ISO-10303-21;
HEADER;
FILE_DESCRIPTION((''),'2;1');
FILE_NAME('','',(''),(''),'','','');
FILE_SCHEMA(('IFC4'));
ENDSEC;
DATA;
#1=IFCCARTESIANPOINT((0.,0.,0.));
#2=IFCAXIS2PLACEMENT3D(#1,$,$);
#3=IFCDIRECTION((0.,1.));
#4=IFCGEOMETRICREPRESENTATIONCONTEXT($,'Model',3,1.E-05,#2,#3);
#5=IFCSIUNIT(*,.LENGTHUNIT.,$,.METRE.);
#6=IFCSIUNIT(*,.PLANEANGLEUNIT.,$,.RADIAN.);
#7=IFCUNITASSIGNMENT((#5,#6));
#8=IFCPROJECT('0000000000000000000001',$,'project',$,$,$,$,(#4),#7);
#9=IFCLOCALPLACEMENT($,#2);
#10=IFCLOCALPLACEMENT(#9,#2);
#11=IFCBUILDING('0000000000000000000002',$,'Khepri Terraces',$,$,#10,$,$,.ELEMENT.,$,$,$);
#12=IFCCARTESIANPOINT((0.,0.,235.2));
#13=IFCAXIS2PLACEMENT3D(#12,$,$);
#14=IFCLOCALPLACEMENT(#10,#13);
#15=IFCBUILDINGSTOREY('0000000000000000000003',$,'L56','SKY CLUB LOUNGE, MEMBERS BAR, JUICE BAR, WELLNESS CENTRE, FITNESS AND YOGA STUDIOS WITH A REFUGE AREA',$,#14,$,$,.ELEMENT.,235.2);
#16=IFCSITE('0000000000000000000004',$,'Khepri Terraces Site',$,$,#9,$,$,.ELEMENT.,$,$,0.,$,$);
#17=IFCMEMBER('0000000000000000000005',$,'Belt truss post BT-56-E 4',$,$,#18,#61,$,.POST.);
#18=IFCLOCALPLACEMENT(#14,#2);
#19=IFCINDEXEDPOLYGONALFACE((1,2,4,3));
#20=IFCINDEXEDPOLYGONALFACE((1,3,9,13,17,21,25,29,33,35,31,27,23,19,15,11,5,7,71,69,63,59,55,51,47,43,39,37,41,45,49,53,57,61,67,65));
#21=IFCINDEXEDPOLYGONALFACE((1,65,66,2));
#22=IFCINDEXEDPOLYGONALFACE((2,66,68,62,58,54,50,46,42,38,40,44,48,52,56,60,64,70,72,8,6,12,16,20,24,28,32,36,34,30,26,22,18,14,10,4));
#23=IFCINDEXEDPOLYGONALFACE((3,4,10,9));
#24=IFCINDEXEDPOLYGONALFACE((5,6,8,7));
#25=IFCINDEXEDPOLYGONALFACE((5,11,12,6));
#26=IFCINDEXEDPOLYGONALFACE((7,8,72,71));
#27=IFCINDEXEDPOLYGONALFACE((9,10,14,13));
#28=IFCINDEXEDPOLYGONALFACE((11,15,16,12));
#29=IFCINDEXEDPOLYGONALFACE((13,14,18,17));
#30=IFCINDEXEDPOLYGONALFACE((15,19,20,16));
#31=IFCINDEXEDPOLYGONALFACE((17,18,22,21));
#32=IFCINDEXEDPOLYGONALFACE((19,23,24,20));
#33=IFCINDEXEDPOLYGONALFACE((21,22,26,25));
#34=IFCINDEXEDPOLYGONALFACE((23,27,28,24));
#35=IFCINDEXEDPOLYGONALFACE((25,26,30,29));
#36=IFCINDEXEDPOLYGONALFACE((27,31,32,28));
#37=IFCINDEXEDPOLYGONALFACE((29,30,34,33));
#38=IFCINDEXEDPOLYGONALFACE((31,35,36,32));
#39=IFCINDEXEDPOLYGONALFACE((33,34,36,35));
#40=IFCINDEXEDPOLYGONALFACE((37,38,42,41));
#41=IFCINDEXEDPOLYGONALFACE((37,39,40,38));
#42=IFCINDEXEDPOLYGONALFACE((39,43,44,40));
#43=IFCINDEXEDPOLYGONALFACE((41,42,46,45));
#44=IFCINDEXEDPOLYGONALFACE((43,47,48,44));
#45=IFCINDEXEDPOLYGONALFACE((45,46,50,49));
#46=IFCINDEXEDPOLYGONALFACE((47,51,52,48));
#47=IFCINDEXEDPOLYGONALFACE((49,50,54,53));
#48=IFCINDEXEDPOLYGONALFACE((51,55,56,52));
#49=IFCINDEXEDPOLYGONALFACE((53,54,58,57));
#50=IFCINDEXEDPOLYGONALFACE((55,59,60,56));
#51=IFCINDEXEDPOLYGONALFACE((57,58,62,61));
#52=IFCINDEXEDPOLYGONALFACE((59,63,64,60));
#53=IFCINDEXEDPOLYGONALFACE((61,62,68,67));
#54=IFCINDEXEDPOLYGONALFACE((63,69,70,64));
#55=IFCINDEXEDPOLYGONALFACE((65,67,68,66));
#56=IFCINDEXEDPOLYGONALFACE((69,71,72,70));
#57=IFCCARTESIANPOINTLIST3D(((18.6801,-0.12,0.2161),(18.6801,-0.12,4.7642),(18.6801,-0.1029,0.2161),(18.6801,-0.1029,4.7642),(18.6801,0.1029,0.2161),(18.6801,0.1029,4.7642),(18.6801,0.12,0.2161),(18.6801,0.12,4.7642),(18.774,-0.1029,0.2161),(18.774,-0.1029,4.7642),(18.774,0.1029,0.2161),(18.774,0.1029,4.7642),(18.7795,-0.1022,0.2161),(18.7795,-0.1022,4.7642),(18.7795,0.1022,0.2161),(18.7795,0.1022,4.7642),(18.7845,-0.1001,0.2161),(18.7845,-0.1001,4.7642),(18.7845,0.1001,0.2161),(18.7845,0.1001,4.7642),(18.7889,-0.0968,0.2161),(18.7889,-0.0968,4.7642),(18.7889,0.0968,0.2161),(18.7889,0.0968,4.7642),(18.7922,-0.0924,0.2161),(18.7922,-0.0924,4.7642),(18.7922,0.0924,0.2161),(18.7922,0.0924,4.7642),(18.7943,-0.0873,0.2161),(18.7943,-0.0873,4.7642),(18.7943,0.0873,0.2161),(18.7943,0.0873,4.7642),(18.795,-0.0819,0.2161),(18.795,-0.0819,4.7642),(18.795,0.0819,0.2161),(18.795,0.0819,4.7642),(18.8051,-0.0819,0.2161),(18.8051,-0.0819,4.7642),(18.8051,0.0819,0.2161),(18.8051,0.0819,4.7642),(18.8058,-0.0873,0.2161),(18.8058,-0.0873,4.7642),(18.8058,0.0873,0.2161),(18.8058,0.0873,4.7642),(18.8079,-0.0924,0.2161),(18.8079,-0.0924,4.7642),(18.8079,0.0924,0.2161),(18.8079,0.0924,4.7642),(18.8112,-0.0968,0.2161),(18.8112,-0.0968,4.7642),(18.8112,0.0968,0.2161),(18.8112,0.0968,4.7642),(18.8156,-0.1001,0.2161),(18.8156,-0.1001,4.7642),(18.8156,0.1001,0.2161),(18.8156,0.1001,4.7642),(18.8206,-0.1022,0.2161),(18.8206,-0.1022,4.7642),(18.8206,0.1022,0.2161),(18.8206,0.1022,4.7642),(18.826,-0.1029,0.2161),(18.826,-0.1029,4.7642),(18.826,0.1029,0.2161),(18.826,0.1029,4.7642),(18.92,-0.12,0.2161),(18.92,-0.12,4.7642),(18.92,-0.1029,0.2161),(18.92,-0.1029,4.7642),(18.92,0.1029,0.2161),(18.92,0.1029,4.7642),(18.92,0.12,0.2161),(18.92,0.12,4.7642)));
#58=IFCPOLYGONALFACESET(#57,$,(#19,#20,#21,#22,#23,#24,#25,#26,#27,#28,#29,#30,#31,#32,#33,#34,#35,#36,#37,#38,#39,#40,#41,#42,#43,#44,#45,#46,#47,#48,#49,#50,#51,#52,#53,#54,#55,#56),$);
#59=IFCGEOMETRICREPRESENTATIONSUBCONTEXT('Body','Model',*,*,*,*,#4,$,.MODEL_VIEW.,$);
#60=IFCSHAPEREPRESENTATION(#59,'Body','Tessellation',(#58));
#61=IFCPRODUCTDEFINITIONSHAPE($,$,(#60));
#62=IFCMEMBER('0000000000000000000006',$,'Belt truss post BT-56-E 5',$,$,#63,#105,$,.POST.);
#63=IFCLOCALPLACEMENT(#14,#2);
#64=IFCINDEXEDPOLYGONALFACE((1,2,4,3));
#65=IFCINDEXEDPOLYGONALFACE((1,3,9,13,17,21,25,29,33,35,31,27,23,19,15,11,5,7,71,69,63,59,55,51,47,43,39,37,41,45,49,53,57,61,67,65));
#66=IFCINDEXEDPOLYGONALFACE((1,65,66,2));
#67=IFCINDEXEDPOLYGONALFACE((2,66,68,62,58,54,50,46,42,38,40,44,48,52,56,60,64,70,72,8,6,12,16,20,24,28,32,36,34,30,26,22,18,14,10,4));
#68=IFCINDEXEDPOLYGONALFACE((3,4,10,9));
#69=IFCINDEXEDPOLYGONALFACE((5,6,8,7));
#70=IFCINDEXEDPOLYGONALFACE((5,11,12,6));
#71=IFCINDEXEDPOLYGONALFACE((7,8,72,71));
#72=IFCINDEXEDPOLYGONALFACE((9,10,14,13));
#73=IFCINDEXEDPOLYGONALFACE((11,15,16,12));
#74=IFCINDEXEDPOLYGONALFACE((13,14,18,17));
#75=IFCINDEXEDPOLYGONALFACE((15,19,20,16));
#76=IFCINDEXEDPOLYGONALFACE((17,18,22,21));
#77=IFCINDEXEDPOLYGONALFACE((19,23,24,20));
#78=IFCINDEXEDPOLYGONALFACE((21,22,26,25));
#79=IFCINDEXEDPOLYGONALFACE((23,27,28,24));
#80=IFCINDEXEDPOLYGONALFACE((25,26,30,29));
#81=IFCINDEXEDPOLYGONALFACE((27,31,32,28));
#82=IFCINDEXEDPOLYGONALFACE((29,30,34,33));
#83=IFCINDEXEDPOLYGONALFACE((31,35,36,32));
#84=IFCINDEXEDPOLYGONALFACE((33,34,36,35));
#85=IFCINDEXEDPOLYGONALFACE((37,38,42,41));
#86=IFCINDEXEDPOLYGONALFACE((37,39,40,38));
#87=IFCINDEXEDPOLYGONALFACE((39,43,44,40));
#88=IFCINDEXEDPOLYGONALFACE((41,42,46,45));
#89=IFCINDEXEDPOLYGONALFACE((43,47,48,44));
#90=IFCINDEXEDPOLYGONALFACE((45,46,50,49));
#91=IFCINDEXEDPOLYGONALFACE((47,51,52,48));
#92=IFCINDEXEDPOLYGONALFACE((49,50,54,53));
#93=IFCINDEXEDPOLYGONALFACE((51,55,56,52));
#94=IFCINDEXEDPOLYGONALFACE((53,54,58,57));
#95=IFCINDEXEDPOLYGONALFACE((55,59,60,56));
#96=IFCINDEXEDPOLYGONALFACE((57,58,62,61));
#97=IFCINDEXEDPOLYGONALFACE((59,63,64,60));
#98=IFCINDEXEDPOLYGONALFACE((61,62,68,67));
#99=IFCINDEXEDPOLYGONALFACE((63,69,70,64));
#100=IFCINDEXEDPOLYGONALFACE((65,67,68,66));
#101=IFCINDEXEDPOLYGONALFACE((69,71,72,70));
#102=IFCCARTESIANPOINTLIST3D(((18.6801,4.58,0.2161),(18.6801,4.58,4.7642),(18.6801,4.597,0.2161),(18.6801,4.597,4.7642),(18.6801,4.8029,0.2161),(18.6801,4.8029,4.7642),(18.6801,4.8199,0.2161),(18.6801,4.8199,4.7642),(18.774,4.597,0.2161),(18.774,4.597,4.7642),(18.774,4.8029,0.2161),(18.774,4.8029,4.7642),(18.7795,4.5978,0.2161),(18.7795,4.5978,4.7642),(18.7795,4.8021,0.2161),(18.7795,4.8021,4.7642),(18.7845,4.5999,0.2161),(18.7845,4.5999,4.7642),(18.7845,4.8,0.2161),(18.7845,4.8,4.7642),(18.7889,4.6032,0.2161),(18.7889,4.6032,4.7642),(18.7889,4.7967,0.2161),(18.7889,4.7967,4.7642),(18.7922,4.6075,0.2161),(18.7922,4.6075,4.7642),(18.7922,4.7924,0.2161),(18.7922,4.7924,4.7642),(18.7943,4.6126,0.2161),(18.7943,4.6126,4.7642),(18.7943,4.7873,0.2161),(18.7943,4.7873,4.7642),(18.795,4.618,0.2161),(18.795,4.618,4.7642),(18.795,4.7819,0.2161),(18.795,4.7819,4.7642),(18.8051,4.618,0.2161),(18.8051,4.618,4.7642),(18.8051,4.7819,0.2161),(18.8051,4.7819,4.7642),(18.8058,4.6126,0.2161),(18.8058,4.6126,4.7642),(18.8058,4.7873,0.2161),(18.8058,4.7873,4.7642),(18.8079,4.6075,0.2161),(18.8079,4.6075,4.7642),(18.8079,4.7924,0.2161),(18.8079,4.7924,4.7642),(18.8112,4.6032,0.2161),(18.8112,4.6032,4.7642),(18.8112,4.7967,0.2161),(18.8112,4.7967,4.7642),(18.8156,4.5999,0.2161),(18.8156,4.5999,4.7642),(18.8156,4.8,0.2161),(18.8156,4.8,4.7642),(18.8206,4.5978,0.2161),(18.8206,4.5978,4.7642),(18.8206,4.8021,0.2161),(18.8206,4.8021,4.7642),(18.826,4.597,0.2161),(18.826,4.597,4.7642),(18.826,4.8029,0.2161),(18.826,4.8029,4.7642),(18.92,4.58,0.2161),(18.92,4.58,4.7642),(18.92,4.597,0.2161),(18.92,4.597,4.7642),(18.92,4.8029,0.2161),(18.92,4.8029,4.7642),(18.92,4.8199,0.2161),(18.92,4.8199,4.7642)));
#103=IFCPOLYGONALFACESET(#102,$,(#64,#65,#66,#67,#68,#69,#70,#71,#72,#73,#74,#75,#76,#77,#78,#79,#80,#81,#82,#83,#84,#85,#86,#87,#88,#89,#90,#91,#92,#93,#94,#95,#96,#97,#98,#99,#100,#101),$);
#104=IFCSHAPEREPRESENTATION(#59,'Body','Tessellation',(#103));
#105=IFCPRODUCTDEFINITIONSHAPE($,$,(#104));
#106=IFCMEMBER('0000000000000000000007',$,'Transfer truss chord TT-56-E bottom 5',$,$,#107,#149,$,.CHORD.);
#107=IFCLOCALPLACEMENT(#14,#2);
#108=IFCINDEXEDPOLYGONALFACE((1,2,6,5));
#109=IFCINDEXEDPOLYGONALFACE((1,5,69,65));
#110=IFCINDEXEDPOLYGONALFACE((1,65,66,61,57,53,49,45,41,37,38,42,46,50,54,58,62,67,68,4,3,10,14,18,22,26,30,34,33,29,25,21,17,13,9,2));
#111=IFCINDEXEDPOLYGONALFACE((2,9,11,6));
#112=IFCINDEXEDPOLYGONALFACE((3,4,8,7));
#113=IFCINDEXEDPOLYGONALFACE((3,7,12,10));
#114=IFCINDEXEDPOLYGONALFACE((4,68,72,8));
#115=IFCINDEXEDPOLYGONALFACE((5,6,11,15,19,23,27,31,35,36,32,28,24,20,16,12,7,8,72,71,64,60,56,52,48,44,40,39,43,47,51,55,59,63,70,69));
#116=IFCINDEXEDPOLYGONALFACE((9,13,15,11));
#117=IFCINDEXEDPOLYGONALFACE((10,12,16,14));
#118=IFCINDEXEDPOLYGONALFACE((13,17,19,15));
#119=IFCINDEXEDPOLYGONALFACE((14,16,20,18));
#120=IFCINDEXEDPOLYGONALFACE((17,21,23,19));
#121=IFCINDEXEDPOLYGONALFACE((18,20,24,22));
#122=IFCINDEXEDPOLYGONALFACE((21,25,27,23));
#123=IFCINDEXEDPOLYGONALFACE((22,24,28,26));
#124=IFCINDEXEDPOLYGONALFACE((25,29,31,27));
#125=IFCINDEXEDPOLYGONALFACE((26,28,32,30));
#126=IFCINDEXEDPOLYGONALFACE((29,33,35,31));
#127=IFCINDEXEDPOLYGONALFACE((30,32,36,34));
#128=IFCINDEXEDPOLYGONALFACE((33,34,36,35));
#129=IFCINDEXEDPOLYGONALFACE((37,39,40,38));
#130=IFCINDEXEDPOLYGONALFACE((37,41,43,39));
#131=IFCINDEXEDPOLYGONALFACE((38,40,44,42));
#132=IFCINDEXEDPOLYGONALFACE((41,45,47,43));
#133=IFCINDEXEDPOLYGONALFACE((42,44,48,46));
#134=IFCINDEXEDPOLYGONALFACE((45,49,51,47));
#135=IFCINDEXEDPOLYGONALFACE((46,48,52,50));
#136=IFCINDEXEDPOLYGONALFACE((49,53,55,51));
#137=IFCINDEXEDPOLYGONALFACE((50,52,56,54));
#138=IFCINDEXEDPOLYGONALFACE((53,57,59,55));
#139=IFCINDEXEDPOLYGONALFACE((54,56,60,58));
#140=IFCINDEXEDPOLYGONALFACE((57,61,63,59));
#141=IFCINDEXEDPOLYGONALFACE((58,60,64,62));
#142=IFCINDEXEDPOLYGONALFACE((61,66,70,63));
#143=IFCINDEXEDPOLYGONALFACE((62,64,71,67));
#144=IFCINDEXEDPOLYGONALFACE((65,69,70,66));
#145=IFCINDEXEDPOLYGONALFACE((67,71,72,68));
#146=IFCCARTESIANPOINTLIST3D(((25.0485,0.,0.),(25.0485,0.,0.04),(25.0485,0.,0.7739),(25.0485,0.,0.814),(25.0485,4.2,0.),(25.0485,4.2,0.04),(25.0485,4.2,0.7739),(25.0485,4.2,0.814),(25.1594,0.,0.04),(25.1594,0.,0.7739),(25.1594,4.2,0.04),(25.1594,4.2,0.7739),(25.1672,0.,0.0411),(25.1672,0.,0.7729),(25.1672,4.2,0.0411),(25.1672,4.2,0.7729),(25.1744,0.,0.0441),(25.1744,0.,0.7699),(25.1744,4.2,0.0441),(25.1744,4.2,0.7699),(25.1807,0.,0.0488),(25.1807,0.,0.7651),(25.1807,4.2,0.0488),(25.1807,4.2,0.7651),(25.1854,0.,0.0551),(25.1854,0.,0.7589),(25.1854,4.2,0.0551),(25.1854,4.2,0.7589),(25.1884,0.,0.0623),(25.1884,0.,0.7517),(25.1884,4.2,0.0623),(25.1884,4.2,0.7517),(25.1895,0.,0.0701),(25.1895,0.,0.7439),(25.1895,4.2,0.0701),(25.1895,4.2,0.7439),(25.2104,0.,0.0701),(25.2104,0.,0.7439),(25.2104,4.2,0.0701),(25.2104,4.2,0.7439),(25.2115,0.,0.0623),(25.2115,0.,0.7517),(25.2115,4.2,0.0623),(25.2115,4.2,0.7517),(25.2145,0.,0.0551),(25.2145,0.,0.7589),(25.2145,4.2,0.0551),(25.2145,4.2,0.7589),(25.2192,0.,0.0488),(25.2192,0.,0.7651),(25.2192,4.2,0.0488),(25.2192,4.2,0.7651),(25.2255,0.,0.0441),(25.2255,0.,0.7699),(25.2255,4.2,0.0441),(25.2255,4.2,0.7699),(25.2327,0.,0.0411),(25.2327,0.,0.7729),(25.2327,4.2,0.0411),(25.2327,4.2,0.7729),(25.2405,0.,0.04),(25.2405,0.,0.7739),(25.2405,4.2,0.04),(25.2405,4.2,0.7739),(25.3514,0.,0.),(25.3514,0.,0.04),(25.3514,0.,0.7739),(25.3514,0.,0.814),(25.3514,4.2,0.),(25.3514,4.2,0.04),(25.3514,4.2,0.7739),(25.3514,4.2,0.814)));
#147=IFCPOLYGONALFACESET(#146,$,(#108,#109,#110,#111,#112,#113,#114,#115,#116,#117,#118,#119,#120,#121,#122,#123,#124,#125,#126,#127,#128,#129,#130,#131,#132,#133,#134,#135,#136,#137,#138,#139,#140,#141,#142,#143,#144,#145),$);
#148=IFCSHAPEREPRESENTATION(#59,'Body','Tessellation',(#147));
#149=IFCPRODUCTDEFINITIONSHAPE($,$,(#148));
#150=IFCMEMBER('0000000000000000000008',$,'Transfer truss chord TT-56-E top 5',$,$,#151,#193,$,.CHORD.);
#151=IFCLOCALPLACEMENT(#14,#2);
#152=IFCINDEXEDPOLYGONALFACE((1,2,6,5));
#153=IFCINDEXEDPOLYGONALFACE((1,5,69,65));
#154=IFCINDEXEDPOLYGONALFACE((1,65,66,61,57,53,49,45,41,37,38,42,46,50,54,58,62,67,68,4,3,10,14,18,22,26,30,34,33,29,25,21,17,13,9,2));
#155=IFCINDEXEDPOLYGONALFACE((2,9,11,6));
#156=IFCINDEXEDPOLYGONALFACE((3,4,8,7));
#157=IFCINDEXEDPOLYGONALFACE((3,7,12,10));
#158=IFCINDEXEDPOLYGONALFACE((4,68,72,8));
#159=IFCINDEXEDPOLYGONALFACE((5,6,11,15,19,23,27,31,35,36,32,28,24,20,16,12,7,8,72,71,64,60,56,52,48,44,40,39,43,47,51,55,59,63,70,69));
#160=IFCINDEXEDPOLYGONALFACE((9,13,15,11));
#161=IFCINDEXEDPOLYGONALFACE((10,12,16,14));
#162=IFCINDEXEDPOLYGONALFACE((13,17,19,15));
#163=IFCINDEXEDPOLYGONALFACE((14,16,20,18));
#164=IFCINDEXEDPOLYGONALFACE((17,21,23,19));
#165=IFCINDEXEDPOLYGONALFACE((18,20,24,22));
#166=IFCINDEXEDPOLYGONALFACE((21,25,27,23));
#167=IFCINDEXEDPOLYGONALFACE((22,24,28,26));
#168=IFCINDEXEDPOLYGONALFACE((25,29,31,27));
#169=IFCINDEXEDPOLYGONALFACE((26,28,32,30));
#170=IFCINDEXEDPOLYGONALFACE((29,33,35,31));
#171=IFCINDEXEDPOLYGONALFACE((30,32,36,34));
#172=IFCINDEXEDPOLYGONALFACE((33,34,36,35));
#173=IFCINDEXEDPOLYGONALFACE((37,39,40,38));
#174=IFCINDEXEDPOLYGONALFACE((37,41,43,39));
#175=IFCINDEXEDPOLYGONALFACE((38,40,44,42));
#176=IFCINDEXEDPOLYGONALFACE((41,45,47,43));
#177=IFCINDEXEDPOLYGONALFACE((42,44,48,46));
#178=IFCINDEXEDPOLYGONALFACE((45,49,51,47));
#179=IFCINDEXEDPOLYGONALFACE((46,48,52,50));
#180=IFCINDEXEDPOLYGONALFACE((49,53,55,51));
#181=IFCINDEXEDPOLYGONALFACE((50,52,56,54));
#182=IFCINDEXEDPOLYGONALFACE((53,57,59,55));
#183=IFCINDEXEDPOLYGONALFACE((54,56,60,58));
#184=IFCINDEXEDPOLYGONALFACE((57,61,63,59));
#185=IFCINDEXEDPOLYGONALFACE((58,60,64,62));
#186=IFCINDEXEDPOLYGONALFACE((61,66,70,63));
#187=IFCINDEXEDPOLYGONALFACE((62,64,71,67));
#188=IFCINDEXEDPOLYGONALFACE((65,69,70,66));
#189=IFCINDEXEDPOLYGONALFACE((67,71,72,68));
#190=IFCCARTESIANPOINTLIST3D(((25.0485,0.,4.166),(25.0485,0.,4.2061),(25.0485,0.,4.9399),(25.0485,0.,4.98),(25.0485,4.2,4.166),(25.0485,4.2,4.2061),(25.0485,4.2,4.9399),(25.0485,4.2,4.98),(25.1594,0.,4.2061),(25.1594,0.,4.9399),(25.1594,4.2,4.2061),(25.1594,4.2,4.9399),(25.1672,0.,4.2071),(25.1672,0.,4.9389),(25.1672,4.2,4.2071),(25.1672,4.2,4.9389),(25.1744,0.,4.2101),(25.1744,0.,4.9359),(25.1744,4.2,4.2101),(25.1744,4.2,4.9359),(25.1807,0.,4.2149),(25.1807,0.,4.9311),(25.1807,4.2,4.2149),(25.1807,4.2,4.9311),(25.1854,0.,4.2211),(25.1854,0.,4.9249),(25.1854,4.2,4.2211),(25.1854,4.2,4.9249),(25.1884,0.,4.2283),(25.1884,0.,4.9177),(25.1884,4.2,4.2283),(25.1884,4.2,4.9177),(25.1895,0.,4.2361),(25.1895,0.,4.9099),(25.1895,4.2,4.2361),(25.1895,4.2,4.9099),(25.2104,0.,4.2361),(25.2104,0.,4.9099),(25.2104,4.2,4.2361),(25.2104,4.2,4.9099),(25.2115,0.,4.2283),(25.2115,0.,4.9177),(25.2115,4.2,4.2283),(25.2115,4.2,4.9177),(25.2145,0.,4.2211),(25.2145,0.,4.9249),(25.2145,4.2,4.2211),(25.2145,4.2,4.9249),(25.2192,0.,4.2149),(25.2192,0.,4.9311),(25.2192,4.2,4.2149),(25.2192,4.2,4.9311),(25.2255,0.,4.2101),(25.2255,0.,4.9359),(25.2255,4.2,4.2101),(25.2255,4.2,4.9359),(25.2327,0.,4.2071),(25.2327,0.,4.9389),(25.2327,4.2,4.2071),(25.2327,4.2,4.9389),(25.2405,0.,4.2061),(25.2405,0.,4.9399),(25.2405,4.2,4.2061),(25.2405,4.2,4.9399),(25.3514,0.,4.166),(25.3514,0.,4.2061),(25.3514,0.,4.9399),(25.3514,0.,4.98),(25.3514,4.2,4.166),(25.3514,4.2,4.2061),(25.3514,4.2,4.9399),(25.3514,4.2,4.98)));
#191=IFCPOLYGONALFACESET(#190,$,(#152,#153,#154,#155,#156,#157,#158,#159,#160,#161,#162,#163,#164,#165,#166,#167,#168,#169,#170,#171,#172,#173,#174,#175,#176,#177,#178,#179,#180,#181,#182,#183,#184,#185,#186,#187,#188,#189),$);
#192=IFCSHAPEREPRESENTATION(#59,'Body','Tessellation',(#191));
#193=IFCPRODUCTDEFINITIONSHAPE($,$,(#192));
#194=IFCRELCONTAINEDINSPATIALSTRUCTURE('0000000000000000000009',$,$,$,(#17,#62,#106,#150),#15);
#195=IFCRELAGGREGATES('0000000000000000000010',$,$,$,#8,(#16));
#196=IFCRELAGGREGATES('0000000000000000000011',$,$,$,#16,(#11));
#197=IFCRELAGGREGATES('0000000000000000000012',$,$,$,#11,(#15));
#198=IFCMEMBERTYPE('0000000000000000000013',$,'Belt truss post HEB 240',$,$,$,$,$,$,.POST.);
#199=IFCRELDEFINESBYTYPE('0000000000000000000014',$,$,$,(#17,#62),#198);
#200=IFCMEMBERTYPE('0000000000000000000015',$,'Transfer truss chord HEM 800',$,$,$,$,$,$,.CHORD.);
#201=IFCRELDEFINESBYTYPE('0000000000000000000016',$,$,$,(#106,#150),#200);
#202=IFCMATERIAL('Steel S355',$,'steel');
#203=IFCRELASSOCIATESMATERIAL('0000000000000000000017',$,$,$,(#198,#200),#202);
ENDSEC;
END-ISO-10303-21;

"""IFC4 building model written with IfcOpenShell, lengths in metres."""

from ifc_helpers import new_model, si_unit, direction, frame, origin, origin_2d, place, context, subcontext, project, spatial, i_section, extrude, material, material_profile, profile_set, type_object, element, save


model = new_model("IFC4")

# Units and contexts
model_context = context("Model", 3, precision=1e-05, world=origin(), true_north=direction((0.0, 1.0)))
body_context = subcontext(model_context, "Body", "Model", "MODEL_VIEW")
ifc_project = project(units=[si_unit("LENGTHUNIT", "METRE"), si_unit("PLANEANGLEUNIT", "RADIAN")], contexts=[model_context])

# Site, building, storey
site_placement = place(None, origin())
site = spatial("IfcSite", under=ifc_project, at=site_placement, Name="Khepri Terraces Site", CompositionType="ELEMENT", RefElevation=0.0)
building_placement = place(site_placement, origin())
building = spatial("IfcBuilding", under=site, at=building_placement, Name="Khepri Terraces", CompositionType="ELEMENT")
storey_placement = place(building_placement, frame((0.0, 0.0, 235.2)))
storey = spatial("IfcBuildingStorey", under=building, at=storey_placement, Name="L56", Description="SKY CLUB LOUNGE, MEMBERS BAR, JUICE BAR, WELLNESS CENTRE, FITNESS AND YOGA STUDIOS WITH A REFUGE AREA", CompositionType="ELEMENT", Elevation=235.2)

# Members
ifc_material_1 = material(Name="Steel S355", Category="steel")
ifc_material_profile_1 = material_profile(ifc_material_1, i_section(OverallWidth=0.24, OverallDepth=0.24, WebThickness=0.01, FlangeThickness=0.0171, FilletRadius=0.021, at=origin_2d()), Name="Steel S355", Category="steel")
ifc_profile_set_1 = profile_set([ifc_material_profile_1], Name="Steel S355")
member_type_1 = type_object("IfcMemberType", Name="Belt truss post HEB 240", PredefinedType="POST", material=ifc_profile_set_1)
for number, where, z_axis, x_axis, name in (
    (1, (18.8, 0.0, 0.2161), (0.0, 0.0, 1.0), (1.0, 0.0, 0.0), "Belt truss post BT-56-E 4"),
    (2, (18.8, 4.7, 0.2161), (0.0, 0.0, 1.0), (1.0, 0.0, 0.0), "Belt truss post BT-56-E 5"),
):
    element("IfcMember", number, at=place(storey_placement, frame(where, z_axis=z_axis, x_axis=x_axis)), inside=storey, type_object=member_type_1, Name=name, PredefinedType="POST", context=body_context, shape_type="SweptSolid", body=[
        extrude(i_section(OverallWidth=0.24, OverallDepth=0.24, WebThickness=0.01, FlangeThickness=0.0171, FilletRadius=0.021, at=origin_2d()), origin(), (0.0, 0.0, 1.0), 4.5481),
    ])
ifc_material_profile_2 = material_profile(ifc_material_1, i_section(OverallWidth=0.303, OverallDepth=0.814, WebThickness=0.021, FlangeThickness=0.04, FilletRadius=0.03, at=origin_2d()), Name="Steel S355", Category="steel")
ifc_profile_set_2 = profile_set([ifc_material_profile_2], Name="Steel S355")
member_type_2 = type_object("IfcMemberType", Name="Transfer truss chord HEM 800", PredefinedType="CHORD", material=ifc_profile_set_2)
for number, where, z_axis, x_axis, name in (
    (3, (25.2, 0.0, 0.407), (0.0, 1.0, 0.0), (-1.0, 0.0, 0.0), "Transfer truss chord TT-56-E bottom 5"),
    (4, (25.2, 0.0, 4.573), (0.0, 1.0, 0.0), (-1.0, 0.0, 0.0), "Transfer truss chord TT-56-E top 5"),
):
    element("IfcMember", number, at=place(storey_placement, frame(where, z_axis=z_axis, x_axis=x_axis)), inside=storey, type_object=member_type_2, Name=name, PredefinedType="CHORD", context=body_context, shape_type="SweptSolid", body=[
        extrude(i_section(OverallWidth=0.303, OverallDepth=0.814, WebThickness=0.021, FlangeThickness=0.04, FilletRadius=0.03, at=origin_2d()), origin(), (0.0, 0.0, 1.0), 4.2),
    ])

save(model, "model.ifc")
